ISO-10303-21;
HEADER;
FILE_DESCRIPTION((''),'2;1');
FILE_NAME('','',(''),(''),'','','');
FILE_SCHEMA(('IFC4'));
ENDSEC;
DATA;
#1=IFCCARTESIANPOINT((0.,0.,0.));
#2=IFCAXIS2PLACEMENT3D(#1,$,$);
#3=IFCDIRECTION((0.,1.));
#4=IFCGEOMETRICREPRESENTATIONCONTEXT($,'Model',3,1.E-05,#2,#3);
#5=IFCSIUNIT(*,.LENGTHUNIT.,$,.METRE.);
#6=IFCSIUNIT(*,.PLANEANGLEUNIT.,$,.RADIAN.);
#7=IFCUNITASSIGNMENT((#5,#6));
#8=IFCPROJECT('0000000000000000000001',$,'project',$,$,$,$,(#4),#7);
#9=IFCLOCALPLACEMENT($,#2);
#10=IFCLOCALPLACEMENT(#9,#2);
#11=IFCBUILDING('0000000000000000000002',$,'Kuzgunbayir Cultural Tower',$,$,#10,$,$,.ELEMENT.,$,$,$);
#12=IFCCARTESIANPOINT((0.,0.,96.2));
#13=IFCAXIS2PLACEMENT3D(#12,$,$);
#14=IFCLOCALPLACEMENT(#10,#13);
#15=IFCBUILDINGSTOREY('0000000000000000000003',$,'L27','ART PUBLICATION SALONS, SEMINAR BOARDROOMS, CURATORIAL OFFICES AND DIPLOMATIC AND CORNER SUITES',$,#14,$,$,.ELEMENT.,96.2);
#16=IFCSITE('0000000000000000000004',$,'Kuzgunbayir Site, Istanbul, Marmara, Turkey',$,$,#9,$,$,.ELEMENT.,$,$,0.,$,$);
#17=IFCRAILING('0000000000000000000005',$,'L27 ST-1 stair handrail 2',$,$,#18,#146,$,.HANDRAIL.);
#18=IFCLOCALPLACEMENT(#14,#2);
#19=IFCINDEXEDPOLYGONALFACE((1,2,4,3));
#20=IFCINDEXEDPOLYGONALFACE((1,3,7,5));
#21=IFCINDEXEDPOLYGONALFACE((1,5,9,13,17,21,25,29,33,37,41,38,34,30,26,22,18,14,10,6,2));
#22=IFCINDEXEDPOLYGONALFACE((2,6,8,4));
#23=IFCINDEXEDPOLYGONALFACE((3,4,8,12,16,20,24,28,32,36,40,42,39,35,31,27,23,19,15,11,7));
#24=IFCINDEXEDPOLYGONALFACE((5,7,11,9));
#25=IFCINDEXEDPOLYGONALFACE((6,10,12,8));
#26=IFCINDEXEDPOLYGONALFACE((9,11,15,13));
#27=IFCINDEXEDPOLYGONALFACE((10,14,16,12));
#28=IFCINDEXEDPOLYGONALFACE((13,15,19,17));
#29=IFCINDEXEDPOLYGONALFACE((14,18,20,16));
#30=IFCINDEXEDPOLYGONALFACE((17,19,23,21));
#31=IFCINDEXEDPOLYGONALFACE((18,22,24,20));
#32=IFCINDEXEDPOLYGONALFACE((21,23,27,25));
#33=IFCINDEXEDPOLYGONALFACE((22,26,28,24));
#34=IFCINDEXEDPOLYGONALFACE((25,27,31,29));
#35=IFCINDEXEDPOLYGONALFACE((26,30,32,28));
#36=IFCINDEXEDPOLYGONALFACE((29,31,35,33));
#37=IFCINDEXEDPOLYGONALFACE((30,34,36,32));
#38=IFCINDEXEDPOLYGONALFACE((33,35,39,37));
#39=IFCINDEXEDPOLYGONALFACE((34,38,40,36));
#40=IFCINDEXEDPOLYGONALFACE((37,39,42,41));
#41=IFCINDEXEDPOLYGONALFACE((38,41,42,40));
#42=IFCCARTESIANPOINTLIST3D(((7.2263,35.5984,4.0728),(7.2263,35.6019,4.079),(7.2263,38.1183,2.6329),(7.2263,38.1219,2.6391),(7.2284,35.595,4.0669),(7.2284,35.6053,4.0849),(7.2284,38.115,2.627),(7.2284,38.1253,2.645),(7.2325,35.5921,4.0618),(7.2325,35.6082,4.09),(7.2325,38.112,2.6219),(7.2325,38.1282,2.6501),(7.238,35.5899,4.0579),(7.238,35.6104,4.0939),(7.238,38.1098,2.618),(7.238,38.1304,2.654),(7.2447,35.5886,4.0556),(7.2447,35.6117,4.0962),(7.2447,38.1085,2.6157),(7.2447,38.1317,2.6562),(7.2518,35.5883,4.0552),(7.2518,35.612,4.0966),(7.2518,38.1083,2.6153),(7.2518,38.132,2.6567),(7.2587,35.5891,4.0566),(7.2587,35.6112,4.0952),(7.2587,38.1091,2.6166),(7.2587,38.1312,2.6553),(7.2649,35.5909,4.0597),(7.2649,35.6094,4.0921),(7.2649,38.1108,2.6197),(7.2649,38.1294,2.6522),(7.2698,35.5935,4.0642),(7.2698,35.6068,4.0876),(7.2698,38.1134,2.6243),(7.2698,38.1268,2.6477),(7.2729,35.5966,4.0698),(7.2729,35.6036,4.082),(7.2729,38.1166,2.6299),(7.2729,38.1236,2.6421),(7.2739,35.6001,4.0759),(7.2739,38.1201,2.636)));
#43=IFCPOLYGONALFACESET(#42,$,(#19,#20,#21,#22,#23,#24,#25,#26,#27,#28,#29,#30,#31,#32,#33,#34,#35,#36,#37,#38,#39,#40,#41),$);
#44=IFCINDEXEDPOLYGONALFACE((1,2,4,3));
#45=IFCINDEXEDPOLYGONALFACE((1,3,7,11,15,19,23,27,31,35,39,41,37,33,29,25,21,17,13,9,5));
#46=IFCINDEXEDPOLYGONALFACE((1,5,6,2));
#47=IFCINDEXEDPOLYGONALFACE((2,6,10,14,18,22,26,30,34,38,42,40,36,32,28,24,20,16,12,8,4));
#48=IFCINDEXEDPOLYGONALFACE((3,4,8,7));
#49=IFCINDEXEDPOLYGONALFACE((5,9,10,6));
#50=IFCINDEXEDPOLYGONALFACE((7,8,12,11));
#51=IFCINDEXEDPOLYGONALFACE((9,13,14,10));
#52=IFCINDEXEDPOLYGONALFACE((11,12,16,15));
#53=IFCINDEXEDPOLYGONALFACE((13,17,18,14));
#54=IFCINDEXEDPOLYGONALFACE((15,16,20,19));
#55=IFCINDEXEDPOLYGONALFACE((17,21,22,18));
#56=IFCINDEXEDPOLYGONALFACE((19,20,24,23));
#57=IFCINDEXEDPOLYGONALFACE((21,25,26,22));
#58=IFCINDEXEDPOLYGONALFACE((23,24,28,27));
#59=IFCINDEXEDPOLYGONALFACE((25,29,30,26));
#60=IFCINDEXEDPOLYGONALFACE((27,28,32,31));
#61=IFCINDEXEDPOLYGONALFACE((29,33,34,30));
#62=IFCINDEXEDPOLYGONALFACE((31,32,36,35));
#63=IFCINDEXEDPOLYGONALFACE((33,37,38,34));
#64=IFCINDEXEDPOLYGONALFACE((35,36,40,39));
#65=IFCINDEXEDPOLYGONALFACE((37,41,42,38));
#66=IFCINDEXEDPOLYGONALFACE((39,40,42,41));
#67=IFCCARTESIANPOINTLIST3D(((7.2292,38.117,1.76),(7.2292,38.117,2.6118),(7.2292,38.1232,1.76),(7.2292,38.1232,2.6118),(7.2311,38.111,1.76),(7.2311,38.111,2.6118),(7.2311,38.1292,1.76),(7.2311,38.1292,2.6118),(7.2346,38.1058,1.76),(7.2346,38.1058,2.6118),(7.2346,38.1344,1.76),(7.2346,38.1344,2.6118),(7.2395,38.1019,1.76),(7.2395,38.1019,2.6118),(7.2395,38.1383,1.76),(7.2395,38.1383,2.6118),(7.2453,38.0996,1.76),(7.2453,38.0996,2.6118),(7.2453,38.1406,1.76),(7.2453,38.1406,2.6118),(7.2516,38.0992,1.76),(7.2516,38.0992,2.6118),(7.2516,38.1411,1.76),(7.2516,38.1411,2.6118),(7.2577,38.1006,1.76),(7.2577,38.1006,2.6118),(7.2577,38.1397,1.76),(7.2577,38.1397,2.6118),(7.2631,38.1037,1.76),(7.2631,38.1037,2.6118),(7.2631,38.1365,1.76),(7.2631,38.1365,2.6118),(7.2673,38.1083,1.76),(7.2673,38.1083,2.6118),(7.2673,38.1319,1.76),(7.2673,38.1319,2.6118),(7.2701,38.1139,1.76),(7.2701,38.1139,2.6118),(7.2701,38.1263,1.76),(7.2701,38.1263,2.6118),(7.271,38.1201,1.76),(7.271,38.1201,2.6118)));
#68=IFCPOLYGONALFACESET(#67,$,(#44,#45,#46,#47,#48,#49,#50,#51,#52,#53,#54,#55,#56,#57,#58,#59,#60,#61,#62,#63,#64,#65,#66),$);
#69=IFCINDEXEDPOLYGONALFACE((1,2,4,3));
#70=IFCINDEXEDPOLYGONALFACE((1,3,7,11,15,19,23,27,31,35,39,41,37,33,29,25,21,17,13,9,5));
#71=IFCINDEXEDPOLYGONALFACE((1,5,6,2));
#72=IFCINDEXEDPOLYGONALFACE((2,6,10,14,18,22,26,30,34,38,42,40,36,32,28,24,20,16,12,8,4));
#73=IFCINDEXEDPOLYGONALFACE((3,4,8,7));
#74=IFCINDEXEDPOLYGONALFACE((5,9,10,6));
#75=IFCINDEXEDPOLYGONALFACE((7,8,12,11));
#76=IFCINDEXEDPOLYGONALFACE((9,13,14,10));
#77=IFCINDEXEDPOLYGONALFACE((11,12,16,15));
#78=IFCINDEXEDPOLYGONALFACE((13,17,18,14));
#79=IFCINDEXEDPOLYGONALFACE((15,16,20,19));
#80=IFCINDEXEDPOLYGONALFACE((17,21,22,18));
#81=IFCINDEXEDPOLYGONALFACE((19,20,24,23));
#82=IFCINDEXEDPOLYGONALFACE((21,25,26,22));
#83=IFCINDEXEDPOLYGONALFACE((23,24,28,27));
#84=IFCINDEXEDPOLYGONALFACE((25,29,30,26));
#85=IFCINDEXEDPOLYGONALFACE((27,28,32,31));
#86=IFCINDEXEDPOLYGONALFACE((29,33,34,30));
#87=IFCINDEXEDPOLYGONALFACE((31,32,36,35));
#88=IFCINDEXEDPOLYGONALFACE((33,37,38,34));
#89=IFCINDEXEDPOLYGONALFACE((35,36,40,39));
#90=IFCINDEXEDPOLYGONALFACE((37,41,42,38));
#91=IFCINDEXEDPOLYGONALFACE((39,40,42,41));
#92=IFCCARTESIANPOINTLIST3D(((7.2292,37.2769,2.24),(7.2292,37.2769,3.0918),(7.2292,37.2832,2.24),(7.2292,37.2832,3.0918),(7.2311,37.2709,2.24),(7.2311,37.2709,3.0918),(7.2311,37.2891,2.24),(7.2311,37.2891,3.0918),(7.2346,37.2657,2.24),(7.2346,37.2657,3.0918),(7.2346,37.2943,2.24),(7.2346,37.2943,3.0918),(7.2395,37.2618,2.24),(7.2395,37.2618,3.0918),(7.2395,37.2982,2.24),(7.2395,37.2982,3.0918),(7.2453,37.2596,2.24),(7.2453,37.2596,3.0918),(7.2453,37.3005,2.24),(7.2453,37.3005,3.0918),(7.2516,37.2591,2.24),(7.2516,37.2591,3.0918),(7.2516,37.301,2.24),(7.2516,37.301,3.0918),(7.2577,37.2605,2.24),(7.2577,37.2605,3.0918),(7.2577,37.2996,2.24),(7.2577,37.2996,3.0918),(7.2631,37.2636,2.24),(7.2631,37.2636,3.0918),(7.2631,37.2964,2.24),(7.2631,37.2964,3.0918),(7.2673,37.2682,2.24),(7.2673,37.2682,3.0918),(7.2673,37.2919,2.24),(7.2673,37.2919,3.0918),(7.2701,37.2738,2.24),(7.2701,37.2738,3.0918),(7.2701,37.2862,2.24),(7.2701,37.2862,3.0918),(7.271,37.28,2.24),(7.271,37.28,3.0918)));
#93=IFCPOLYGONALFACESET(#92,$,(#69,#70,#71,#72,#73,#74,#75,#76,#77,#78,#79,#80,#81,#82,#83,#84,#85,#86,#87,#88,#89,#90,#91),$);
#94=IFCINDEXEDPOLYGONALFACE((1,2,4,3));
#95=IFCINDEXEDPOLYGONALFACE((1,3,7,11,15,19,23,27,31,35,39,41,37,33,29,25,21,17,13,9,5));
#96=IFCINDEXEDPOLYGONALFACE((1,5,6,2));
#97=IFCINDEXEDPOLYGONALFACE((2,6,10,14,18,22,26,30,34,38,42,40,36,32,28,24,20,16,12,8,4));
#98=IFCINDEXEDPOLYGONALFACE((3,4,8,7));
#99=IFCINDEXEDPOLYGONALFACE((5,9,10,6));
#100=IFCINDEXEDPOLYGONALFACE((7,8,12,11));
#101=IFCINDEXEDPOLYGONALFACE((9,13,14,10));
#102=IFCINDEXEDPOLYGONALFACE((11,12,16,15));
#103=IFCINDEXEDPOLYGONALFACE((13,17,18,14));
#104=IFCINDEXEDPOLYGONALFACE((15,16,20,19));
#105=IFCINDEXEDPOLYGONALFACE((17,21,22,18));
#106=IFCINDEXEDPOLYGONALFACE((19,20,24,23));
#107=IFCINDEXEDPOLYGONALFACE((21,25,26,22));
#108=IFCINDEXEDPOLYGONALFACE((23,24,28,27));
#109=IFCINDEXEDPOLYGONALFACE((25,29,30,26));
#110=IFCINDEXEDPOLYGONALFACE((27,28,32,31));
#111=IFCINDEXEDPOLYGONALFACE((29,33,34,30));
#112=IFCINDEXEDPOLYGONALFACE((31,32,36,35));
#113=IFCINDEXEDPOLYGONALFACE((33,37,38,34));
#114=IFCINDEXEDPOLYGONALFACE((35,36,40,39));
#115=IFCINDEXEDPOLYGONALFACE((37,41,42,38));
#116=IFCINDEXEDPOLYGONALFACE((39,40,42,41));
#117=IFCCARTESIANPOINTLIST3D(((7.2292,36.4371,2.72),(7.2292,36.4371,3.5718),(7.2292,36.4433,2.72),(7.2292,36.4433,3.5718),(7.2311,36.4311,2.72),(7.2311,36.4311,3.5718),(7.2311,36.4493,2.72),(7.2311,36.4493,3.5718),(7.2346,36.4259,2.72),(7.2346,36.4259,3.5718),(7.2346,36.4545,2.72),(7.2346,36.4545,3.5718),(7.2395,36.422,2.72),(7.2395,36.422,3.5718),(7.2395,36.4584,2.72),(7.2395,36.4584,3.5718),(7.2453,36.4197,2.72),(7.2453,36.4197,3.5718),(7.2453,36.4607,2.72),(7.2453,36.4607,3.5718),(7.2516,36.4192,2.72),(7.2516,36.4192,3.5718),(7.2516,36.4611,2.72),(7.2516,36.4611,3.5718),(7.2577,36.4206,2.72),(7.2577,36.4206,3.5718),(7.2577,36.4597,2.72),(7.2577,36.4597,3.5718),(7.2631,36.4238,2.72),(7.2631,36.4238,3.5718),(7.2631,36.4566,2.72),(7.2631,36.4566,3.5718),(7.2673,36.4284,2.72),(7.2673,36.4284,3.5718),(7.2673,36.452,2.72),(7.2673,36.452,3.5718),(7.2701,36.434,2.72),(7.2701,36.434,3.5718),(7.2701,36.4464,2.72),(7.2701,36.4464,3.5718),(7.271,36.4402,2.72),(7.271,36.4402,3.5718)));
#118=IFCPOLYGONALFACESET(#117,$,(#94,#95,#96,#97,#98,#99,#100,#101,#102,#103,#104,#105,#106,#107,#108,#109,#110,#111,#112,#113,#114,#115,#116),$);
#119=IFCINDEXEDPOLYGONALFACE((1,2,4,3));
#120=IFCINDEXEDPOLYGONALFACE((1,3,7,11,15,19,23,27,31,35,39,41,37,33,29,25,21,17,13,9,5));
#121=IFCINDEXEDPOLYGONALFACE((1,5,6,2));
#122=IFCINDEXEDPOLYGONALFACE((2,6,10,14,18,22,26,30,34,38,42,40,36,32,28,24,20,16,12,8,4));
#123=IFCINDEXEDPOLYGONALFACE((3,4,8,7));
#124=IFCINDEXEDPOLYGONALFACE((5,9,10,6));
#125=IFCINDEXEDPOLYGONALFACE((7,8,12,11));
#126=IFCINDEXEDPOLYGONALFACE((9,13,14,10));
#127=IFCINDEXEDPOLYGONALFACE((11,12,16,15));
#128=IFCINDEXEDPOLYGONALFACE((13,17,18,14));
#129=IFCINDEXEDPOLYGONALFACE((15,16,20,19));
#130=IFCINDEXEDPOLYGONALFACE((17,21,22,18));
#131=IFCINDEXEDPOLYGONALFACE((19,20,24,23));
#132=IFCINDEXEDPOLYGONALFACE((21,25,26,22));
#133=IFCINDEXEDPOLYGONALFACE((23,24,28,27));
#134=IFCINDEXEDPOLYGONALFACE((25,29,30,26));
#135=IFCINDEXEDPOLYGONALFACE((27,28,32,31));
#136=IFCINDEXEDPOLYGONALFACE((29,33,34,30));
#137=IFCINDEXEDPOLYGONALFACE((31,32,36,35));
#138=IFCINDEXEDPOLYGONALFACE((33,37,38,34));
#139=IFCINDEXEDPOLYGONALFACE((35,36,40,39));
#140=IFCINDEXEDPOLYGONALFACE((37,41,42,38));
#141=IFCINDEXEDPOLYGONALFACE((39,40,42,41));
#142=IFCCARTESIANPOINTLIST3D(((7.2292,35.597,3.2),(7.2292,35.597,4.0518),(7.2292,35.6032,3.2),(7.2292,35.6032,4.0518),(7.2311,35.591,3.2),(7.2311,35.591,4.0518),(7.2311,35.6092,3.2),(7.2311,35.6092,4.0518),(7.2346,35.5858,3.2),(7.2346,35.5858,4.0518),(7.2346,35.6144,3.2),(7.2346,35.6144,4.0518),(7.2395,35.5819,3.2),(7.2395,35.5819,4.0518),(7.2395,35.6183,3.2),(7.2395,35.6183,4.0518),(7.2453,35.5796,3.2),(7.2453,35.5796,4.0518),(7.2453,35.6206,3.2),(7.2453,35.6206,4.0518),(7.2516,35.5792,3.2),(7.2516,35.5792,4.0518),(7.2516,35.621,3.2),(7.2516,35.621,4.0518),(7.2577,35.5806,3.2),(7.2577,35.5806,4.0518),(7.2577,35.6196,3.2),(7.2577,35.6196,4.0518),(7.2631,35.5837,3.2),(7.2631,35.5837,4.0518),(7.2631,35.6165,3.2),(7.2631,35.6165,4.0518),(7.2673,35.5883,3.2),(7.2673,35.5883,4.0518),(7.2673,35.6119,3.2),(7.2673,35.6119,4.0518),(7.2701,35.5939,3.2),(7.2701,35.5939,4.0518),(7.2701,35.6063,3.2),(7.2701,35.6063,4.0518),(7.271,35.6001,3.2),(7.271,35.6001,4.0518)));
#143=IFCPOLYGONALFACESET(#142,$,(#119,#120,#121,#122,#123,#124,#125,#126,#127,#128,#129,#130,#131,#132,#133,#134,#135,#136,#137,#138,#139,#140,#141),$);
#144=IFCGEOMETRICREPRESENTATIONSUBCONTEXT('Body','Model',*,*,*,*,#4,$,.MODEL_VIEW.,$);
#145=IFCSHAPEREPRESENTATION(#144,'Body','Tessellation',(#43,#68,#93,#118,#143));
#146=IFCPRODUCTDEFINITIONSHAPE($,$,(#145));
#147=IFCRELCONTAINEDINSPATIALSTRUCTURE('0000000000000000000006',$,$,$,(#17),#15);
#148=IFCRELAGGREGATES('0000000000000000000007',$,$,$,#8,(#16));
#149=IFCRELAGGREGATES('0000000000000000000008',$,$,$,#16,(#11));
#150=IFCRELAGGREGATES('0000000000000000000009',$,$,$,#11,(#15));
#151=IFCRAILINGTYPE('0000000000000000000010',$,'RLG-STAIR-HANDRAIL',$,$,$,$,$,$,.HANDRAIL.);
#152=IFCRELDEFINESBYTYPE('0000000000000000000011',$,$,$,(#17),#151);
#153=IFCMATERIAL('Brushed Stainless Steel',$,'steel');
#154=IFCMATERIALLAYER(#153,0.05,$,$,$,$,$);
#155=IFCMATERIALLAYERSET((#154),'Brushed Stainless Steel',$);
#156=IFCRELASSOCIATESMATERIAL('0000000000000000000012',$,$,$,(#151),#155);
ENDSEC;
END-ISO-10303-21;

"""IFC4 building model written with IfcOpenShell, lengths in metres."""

from ifc_helpers import new_model, si_unit, direction, frame, origin, origin_2d, place, context, subcontext, project, spatial, circle, extrude, material, layer, layer_set, type_object, element, save


model = new_model("IFC4")

# Units and contexts
model_context = context("Model", 3, precision=1e-05, world=origin(), true_north=direction((0.0, 1.0)))
body_context = subcontext(model_context, "Body", "Model", "MODEL_VIEW")
ifc_project = project(units=[si_unit("LENGTHUNIT", "METRE"), si_unit("PLANEANGLEUNIT", "RADIAN")], contexts=[model_context])

# Site, building, storey
site_placement = place(None, origin())
site = spatial("IfcSite", under=ifc_project, at=site_placement, Name="Kuzgunbayir Site, Istanbul, Marmara, Turkey", CompositionType="ELEMENT", RefElevation=0.0)
building_placement = place(site_placement, origin())
building = spatial("IfcBuilding", under=site, at=building_placement, Name="Kuzgunbayir Cultural Tower", CompositionType="ELEMENT")
storey_placement = place(building_placement, frame((0.0, 0.0, 96.2)))
storey = spatial("IfcBuildingStorey", under=building, at=storey_placement, Name="L27", Description="ART PUBLICATION SALONS, SEMINAR BOARDROOMS, CURATORIAL OFFICES AND DIPLOMATIC AND CORNER SUITES", CompositionType="ELEMENT", Elevation=96.2)

# Shared definitions
ifc_material_1 = material(Name="Brushed Stainless Steel", Category="steel")

# Railing
ifc_layer_1 = layer(ifc_material_1, 0.05)
ifc_layer_set_1 = layer_set([ifc_layer_1], Name="Brushed Stainless Steel")
railing_type_1 = type_object("IfcRailingType", Name="RLG-STAIR-HANDRAIL", PredefinedType="HANDRAIL", material=ifc_layer_set_1)
railing_1_placement = place(storey_placement, frame((7.25, 38.1201, 1.76)))
element("IfcRailing", 1, at=railing_1_placement, inside=storey, type_object=railing_type_1, Name="L27 ST-1 stair handrail 2", PredefinedType="HANDRAIL", context=body_context, shape_type="SweptSolid", body=[
    extrude(circle(Radius=0.0239, at=origin_2d()), frame((0.0, 0.0, 0.876), z_axis=(0.0, -0.868253, 0.496121), x_axis=(1.0, 0.0, 0.0)), (0.0, 0.0, 1.0), 2.9023),
    extrude(circle(Radius=0.021, at=origin_2d()), origin(), (0.0, 0.0, 1.0), 0.8518),
    extrude(circle(Radius=0.021, at=origin_2d()), frame((0.0, -0.8401, 0.48)), (0.0, 0.0, 1.0), 0.8518),
    extrude(circle(Radius=0.021, at=origin_2d()), frame((0.0, -1.6799, 0.96)), (0.0, 0.0, 1.0), 0.8518),
    extrude(circle(Radius=0.021, at=origin_2d()), frame((0.0, -2.52, 1.4399)), (0.0, 0.0, 1.0), 0.8518),
])

save(model, "model.ifc")
